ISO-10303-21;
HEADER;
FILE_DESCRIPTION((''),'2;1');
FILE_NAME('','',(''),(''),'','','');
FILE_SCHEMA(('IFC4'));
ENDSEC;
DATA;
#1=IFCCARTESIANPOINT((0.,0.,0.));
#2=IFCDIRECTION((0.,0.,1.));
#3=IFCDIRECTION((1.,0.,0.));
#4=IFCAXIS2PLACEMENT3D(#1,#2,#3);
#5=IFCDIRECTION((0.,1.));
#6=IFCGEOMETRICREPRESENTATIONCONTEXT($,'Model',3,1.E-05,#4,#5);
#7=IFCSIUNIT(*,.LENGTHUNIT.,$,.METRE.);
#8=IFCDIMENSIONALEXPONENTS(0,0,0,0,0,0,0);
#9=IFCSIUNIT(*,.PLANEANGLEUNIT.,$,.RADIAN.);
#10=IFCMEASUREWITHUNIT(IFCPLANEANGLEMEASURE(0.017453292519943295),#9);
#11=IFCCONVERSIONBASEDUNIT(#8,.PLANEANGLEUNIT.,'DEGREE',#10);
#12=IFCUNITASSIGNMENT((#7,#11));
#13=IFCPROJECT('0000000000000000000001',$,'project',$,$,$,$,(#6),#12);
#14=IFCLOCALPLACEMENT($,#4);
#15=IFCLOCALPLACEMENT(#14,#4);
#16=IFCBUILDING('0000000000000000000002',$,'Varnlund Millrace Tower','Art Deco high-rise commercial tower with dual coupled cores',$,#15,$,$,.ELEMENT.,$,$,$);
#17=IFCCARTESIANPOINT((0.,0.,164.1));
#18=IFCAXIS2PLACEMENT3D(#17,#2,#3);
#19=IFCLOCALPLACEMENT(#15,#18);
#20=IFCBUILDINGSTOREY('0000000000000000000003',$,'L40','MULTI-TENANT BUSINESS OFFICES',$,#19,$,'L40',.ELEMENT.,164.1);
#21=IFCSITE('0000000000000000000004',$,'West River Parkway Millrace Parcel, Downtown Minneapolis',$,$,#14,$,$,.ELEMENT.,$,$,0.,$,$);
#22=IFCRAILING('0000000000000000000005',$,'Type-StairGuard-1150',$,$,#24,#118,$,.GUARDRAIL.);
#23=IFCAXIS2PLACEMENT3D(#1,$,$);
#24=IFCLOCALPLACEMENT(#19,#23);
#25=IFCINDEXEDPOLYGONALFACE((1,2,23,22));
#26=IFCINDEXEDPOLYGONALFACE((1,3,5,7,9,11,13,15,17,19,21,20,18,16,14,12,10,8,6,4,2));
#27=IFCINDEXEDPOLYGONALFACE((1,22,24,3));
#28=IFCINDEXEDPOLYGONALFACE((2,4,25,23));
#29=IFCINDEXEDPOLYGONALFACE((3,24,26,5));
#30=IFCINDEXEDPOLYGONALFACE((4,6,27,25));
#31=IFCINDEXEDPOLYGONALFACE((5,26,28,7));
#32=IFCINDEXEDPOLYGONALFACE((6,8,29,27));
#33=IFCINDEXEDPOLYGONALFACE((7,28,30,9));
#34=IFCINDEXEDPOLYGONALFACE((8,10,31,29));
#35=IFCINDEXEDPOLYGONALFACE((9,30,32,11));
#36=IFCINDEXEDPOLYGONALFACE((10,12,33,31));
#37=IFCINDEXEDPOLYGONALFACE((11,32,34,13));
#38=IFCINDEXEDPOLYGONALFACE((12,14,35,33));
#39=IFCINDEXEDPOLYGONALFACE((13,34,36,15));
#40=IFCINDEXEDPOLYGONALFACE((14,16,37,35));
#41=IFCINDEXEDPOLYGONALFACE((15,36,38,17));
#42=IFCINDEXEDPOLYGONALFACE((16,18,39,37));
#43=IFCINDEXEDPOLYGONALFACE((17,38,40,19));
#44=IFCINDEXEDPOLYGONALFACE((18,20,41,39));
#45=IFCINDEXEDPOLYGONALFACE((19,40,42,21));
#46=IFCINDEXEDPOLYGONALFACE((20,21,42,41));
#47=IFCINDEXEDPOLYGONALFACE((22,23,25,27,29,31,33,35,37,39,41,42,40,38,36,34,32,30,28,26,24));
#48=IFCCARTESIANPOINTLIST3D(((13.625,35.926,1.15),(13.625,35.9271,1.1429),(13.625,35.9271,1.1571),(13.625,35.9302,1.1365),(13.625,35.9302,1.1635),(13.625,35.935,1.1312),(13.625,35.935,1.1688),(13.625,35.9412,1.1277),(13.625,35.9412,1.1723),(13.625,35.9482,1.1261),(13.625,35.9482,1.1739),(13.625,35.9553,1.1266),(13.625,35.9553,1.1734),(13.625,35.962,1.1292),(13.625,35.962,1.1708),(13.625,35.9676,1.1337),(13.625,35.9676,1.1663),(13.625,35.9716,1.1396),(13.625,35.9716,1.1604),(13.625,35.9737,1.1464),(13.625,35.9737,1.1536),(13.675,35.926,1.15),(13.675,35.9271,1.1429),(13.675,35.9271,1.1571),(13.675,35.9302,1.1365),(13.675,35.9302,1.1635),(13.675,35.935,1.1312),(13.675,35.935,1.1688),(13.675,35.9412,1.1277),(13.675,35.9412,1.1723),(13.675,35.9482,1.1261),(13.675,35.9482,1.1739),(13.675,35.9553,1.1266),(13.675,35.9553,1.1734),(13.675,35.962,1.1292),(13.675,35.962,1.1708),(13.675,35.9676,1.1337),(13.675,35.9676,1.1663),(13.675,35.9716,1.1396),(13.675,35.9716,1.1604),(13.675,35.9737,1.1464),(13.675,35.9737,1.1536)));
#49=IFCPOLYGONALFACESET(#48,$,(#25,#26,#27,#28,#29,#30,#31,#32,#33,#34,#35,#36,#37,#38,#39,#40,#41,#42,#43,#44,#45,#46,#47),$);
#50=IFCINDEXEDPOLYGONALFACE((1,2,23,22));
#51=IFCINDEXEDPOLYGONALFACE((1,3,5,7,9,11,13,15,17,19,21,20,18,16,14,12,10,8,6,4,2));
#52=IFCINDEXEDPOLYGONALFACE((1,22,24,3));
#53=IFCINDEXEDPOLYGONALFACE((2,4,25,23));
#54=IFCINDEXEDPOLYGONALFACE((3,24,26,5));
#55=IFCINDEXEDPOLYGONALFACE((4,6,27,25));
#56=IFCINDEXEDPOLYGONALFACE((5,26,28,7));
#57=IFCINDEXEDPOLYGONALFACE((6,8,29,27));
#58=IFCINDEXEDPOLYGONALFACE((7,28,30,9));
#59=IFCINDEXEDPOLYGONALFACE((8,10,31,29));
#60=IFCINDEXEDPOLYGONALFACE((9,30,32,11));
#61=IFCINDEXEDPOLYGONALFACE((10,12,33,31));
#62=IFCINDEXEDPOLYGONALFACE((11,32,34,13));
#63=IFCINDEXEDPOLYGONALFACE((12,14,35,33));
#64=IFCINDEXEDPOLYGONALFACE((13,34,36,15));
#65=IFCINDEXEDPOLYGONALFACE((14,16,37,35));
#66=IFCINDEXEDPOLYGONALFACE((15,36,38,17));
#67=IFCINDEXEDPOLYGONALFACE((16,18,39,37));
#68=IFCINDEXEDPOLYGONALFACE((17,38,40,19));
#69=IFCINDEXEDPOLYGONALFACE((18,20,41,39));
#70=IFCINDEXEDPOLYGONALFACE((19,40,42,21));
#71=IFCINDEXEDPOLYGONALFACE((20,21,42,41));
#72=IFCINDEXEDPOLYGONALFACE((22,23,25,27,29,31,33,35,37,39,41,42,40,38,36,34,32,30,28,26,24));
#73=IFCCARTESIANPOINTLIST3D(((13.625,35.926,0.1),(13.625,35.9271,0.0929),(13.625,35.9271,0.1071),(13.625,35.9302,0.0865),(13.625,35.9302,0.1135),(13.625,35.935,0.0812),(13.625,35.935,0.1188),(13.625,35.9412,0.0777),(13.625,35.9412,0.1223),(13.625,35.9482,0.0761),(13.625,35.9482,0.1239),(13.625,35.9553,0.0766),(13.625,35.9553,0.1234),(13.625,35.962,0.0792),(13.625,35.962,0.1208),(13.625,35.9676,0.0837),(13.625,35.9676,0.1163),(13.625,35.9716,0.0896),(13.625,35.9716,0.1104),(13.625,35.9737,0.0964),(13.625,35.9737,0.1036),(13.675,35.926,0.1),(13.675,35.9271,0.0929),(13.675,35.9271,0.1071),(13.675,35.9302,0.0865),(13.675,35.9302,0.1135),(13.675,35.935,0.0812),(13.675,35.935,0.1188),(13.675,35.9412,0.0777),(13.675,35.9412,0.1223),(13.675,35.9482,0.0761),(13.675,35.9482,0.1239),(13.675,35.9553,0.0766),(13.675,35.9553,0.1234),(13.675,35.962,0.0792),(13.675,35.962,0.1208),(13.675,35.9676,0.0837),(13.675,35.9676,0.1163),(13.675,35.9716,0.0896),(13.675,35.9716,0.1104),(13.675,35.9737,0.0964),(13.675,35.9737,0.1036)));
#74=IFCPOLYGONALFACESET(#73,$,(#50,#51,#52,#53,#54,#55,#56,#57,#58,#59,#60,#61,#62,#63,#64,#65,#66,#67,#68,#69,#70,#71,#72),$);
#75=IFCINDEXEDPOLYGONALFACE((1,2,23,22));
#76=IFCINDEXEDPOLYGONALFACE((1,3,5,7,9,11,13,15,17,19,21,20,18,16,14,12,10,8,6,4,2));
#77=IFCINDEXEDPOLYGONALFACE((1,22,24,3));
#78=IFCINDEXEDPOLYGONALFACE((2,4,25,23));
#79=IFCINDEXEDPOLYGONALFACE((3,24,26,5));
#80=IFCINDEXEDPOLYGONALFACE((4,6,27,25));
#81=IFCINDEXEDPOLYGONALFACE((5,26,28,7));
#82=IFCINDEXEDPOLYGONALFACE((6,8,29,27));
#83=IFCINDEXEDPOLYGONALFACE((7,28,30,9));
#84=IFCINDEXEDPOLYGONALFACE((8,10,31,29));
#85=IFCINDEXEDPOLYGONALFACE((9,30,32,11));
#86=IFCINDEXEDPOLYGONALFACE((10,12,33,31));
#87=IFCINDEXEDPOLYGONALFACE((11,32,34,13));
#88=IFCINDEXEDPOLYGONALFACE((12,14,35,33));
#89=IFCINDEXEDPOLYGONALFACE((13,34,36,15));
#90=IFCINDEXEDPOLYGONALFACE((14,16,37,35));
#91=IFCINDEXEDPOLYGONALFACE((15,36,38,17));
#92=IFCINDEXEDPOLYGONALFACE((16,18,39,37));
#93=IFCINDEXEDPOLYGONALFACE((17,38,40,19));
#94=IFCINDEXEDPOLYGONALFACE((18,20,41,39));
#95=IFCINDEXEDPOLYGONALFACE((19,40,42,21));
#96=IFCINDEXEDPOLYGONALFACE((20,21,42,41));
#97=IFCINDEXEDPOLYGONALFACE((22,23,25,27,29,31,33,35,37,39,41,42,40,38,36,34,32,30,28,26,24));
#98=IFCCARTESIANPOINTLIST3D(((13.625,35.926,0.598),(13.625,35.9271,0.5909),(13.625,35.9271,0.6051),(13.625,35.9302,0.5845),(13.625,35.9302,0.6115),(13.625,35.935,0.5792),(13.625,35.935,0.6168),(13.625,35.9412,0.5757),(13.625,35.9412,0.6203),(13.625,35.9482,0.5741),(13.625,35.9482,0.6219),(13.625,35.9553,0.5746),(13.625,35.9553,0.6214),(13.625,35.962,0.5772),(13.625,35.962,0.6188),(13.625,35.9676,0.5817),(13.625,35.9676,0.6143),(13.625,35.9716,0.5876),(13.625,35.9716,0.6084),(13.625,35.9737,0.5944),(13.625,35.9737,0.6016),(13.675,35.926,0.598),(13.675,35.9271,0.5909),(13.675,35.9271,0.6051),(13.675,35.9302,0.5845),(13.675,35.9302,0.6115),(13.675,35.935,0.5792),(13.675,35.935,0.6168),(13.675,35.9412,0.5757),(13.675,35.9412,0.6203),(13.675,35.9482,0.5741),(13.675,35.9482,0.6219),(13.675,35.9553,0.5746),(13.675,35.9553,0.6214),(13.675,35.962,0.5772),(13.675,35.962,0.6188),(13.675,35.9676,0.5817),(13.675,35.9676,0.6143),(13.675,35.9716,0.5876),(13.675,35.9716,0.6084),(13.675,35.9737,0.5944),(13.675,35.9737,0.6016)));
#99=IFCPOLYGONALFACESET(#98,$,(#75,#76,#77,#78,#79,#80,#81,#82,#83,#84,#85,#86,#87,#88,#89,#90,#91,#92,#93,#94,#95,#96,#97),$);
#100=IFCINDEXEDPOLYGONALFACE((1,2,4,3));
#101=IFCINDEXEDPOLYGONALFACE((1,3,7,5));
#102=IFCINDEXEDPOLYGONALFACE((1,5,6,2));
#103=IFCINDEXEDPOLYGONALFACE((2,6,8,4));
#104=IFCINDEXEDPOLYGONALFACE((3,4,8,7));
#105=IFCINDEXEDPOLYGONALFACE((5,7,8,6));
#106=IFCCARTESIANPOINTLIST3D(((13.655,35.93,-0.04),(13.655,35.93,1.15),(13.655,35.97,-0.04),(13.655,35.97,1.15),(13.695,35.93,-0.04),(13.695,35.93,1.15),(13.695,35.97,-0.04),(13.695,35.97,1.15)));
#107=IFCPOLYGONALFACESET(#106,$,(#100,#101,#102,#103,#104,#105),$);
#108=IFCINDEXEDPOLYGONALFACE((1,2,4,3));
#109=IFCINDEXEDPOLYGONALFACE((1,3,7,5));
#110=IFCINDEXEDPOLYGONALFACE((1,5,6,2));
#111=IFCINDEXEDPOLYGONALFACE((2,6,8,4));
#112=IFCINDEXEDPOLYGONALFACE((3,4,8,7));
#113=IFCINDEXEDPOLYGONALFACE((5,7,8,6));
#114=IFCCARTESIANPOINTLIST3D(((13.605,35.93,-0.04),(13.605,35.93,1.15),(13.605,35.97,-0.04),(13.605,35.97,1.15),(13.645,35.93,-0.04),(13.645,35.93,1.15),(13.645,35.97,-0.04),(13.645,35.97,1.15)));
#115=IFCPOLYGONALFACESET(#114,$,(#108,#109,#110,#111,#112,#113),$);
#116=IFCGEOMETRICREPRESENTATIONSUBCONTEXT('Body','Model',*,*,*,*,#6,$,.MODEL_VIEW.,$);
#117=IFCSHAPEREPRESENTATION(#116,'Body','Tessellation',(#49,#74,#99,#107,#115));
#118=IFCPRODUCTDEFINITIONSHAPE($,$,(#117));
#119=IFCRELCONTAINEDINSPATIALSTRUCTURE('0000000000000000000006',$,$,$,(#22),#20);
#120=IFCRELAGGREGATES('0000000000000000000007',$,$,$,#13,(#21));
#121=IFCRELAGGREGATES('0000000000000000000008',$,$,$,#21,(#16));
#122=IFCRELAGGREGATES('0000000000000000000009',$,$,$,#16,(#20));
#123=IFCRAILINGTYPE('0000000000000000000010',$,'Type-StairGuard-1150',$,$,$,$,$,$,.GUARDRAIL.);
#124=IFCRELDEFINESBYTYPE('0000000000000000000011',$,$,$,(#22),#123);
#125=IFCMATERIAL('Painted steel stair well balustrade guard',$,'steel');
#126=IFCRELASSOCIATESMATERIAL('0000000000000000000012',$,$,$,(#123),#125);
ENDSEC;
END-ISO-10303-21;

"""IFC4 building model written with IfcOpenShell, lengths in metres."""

from ifc_helpers import new_model, entity, si_unit, converted_unit, direction, frame, origin_with_axes, origin_2d_with_axis, place, context, subcontext, project, spatial, rectangle, circle, extrude, material, type_object, element, save


model = new_model("IFC4")

# Units and contexts
model_context = context("Model", 3, precision=1e-05, world=origin_with_axes(), true_north=direction((0.0, 1.0)))
body_context = subcontext(model_context, "Body", "Model", "MODEL_VIEW")
ifc_project = project(units=[si_unit("LENGTHUNIT", "METRE"), converted_unit("PLANEANGLEUNIT", "DEGREE", entity("IfcPlaneAngleMeasure", 0.017453292519943295), si_unit("PLANEANGLEUNIT", "RADIAN"), dimensions=[0, 0, 0, 0, 0, 0, 0])], contexts=[model_context])

# Site, building, storey
site_placement = place(None, origin_with_axes())
site = spatial("IfcSite", under=ifc_project, at=site_placement, Name="West River Parkway Millrace Parcel, Downtown Minneapolis", CompositionType="ELEMENT", RefElevation=0.0)
building_placement = place(site_placement, origin_with_axes())
building = spatial("IfcBuilding", under=site, at=building_placement, Name="Varnlund Millrace Tower", Description="Art Deco high-rise commercial tower with dual coupled cores", CompositionType="ELEMENT")
storey_placement = place(building_placement, frame((0.0, 0.0, 164.1), z_axis=(0.0, 0.0, 1.0), x_axis=(1.0, 0.0, 0.0)))
storey = spatial("IfcBuildingStorey", under=building, at=storey_placement, Name="L40", Description="MULTI-TENANT BUSINESS OFFICES", LongName="L40", CompositionType="ELEMENT", Elevation=164.1)

# Railing
ifc_material_1 = material(Name="Painted steel stair well balustrade guard", Category="steel")
railing_type_1 = type_object("IfcRailingType", Name="Type-StairGuard-1150", PredefinedType="GUARDRAIL", material=ifc_material_1)
railing_1_placement = place(storey_placement, frame((0.0, 0.0, -164.1), z_axis=(0.0, 0.0, 1.0), x_axis=(1.0, 0.0, 0.0)))
element("IfcRailing", 1, at=railing_1_placement, inside=storey, type_object=railing_type_1, Name="Type-StairGuard-1150", PredefinedType="GUARDRAIL", context=body_context, shape_type="SweptSolid", body=[
    extrude(circle(Radius=0.024, at=origin_2d_with_axis()), frame((13.675, 35.95, 165.25), z_axis=(-1.0, 0.0, 0.0), x_axis=(0.0, -1.0, 0.0)), (0.0, 0.0, 1.0), 0.05),
    extrude(circle(Radius=0.024, at=origin_2d_with_axis()), frame((13.675, 35.95, 164.2), z_axis=(-1.0, 0.0, 0.0), x_axis=(0.0, -1.0, 0.0)), (0.0, 0.0, 1.0), 0.05),
    extrude(circle(Radius=0.024, at=origin_2d_with_axis()), frame((13.675, 35.95, 164.698), z_axis=(-1.0, 0.0, 0.0), x_axis=(0.0, -1.0, 0.0)), (0.0, 0.0, 1.0), 0.05),
    extrude(rectangle(XDim=0.04, YDim=0.04, at=origin_2d_with_axis()), frame((13.675, 35.95, 164.06), z_axis=(0.0, 0.0, 1.0), x_axis=(1.0, 0.0, 0.0)), (0.0, 0.0, 1.0), 1.19),
    extrude(rectangle(XDim=0.04, YDim=0.04, at=origin_2d_with_axis()), frame((13.625, 35.95, 164.06), z_axis=(0.0, 0.0, 1.0), x_axis=(1.0, 0.0, 0.0)), (0.0, 0.0, 1.0), 1.19),
])

save(model, "model.ifc")
